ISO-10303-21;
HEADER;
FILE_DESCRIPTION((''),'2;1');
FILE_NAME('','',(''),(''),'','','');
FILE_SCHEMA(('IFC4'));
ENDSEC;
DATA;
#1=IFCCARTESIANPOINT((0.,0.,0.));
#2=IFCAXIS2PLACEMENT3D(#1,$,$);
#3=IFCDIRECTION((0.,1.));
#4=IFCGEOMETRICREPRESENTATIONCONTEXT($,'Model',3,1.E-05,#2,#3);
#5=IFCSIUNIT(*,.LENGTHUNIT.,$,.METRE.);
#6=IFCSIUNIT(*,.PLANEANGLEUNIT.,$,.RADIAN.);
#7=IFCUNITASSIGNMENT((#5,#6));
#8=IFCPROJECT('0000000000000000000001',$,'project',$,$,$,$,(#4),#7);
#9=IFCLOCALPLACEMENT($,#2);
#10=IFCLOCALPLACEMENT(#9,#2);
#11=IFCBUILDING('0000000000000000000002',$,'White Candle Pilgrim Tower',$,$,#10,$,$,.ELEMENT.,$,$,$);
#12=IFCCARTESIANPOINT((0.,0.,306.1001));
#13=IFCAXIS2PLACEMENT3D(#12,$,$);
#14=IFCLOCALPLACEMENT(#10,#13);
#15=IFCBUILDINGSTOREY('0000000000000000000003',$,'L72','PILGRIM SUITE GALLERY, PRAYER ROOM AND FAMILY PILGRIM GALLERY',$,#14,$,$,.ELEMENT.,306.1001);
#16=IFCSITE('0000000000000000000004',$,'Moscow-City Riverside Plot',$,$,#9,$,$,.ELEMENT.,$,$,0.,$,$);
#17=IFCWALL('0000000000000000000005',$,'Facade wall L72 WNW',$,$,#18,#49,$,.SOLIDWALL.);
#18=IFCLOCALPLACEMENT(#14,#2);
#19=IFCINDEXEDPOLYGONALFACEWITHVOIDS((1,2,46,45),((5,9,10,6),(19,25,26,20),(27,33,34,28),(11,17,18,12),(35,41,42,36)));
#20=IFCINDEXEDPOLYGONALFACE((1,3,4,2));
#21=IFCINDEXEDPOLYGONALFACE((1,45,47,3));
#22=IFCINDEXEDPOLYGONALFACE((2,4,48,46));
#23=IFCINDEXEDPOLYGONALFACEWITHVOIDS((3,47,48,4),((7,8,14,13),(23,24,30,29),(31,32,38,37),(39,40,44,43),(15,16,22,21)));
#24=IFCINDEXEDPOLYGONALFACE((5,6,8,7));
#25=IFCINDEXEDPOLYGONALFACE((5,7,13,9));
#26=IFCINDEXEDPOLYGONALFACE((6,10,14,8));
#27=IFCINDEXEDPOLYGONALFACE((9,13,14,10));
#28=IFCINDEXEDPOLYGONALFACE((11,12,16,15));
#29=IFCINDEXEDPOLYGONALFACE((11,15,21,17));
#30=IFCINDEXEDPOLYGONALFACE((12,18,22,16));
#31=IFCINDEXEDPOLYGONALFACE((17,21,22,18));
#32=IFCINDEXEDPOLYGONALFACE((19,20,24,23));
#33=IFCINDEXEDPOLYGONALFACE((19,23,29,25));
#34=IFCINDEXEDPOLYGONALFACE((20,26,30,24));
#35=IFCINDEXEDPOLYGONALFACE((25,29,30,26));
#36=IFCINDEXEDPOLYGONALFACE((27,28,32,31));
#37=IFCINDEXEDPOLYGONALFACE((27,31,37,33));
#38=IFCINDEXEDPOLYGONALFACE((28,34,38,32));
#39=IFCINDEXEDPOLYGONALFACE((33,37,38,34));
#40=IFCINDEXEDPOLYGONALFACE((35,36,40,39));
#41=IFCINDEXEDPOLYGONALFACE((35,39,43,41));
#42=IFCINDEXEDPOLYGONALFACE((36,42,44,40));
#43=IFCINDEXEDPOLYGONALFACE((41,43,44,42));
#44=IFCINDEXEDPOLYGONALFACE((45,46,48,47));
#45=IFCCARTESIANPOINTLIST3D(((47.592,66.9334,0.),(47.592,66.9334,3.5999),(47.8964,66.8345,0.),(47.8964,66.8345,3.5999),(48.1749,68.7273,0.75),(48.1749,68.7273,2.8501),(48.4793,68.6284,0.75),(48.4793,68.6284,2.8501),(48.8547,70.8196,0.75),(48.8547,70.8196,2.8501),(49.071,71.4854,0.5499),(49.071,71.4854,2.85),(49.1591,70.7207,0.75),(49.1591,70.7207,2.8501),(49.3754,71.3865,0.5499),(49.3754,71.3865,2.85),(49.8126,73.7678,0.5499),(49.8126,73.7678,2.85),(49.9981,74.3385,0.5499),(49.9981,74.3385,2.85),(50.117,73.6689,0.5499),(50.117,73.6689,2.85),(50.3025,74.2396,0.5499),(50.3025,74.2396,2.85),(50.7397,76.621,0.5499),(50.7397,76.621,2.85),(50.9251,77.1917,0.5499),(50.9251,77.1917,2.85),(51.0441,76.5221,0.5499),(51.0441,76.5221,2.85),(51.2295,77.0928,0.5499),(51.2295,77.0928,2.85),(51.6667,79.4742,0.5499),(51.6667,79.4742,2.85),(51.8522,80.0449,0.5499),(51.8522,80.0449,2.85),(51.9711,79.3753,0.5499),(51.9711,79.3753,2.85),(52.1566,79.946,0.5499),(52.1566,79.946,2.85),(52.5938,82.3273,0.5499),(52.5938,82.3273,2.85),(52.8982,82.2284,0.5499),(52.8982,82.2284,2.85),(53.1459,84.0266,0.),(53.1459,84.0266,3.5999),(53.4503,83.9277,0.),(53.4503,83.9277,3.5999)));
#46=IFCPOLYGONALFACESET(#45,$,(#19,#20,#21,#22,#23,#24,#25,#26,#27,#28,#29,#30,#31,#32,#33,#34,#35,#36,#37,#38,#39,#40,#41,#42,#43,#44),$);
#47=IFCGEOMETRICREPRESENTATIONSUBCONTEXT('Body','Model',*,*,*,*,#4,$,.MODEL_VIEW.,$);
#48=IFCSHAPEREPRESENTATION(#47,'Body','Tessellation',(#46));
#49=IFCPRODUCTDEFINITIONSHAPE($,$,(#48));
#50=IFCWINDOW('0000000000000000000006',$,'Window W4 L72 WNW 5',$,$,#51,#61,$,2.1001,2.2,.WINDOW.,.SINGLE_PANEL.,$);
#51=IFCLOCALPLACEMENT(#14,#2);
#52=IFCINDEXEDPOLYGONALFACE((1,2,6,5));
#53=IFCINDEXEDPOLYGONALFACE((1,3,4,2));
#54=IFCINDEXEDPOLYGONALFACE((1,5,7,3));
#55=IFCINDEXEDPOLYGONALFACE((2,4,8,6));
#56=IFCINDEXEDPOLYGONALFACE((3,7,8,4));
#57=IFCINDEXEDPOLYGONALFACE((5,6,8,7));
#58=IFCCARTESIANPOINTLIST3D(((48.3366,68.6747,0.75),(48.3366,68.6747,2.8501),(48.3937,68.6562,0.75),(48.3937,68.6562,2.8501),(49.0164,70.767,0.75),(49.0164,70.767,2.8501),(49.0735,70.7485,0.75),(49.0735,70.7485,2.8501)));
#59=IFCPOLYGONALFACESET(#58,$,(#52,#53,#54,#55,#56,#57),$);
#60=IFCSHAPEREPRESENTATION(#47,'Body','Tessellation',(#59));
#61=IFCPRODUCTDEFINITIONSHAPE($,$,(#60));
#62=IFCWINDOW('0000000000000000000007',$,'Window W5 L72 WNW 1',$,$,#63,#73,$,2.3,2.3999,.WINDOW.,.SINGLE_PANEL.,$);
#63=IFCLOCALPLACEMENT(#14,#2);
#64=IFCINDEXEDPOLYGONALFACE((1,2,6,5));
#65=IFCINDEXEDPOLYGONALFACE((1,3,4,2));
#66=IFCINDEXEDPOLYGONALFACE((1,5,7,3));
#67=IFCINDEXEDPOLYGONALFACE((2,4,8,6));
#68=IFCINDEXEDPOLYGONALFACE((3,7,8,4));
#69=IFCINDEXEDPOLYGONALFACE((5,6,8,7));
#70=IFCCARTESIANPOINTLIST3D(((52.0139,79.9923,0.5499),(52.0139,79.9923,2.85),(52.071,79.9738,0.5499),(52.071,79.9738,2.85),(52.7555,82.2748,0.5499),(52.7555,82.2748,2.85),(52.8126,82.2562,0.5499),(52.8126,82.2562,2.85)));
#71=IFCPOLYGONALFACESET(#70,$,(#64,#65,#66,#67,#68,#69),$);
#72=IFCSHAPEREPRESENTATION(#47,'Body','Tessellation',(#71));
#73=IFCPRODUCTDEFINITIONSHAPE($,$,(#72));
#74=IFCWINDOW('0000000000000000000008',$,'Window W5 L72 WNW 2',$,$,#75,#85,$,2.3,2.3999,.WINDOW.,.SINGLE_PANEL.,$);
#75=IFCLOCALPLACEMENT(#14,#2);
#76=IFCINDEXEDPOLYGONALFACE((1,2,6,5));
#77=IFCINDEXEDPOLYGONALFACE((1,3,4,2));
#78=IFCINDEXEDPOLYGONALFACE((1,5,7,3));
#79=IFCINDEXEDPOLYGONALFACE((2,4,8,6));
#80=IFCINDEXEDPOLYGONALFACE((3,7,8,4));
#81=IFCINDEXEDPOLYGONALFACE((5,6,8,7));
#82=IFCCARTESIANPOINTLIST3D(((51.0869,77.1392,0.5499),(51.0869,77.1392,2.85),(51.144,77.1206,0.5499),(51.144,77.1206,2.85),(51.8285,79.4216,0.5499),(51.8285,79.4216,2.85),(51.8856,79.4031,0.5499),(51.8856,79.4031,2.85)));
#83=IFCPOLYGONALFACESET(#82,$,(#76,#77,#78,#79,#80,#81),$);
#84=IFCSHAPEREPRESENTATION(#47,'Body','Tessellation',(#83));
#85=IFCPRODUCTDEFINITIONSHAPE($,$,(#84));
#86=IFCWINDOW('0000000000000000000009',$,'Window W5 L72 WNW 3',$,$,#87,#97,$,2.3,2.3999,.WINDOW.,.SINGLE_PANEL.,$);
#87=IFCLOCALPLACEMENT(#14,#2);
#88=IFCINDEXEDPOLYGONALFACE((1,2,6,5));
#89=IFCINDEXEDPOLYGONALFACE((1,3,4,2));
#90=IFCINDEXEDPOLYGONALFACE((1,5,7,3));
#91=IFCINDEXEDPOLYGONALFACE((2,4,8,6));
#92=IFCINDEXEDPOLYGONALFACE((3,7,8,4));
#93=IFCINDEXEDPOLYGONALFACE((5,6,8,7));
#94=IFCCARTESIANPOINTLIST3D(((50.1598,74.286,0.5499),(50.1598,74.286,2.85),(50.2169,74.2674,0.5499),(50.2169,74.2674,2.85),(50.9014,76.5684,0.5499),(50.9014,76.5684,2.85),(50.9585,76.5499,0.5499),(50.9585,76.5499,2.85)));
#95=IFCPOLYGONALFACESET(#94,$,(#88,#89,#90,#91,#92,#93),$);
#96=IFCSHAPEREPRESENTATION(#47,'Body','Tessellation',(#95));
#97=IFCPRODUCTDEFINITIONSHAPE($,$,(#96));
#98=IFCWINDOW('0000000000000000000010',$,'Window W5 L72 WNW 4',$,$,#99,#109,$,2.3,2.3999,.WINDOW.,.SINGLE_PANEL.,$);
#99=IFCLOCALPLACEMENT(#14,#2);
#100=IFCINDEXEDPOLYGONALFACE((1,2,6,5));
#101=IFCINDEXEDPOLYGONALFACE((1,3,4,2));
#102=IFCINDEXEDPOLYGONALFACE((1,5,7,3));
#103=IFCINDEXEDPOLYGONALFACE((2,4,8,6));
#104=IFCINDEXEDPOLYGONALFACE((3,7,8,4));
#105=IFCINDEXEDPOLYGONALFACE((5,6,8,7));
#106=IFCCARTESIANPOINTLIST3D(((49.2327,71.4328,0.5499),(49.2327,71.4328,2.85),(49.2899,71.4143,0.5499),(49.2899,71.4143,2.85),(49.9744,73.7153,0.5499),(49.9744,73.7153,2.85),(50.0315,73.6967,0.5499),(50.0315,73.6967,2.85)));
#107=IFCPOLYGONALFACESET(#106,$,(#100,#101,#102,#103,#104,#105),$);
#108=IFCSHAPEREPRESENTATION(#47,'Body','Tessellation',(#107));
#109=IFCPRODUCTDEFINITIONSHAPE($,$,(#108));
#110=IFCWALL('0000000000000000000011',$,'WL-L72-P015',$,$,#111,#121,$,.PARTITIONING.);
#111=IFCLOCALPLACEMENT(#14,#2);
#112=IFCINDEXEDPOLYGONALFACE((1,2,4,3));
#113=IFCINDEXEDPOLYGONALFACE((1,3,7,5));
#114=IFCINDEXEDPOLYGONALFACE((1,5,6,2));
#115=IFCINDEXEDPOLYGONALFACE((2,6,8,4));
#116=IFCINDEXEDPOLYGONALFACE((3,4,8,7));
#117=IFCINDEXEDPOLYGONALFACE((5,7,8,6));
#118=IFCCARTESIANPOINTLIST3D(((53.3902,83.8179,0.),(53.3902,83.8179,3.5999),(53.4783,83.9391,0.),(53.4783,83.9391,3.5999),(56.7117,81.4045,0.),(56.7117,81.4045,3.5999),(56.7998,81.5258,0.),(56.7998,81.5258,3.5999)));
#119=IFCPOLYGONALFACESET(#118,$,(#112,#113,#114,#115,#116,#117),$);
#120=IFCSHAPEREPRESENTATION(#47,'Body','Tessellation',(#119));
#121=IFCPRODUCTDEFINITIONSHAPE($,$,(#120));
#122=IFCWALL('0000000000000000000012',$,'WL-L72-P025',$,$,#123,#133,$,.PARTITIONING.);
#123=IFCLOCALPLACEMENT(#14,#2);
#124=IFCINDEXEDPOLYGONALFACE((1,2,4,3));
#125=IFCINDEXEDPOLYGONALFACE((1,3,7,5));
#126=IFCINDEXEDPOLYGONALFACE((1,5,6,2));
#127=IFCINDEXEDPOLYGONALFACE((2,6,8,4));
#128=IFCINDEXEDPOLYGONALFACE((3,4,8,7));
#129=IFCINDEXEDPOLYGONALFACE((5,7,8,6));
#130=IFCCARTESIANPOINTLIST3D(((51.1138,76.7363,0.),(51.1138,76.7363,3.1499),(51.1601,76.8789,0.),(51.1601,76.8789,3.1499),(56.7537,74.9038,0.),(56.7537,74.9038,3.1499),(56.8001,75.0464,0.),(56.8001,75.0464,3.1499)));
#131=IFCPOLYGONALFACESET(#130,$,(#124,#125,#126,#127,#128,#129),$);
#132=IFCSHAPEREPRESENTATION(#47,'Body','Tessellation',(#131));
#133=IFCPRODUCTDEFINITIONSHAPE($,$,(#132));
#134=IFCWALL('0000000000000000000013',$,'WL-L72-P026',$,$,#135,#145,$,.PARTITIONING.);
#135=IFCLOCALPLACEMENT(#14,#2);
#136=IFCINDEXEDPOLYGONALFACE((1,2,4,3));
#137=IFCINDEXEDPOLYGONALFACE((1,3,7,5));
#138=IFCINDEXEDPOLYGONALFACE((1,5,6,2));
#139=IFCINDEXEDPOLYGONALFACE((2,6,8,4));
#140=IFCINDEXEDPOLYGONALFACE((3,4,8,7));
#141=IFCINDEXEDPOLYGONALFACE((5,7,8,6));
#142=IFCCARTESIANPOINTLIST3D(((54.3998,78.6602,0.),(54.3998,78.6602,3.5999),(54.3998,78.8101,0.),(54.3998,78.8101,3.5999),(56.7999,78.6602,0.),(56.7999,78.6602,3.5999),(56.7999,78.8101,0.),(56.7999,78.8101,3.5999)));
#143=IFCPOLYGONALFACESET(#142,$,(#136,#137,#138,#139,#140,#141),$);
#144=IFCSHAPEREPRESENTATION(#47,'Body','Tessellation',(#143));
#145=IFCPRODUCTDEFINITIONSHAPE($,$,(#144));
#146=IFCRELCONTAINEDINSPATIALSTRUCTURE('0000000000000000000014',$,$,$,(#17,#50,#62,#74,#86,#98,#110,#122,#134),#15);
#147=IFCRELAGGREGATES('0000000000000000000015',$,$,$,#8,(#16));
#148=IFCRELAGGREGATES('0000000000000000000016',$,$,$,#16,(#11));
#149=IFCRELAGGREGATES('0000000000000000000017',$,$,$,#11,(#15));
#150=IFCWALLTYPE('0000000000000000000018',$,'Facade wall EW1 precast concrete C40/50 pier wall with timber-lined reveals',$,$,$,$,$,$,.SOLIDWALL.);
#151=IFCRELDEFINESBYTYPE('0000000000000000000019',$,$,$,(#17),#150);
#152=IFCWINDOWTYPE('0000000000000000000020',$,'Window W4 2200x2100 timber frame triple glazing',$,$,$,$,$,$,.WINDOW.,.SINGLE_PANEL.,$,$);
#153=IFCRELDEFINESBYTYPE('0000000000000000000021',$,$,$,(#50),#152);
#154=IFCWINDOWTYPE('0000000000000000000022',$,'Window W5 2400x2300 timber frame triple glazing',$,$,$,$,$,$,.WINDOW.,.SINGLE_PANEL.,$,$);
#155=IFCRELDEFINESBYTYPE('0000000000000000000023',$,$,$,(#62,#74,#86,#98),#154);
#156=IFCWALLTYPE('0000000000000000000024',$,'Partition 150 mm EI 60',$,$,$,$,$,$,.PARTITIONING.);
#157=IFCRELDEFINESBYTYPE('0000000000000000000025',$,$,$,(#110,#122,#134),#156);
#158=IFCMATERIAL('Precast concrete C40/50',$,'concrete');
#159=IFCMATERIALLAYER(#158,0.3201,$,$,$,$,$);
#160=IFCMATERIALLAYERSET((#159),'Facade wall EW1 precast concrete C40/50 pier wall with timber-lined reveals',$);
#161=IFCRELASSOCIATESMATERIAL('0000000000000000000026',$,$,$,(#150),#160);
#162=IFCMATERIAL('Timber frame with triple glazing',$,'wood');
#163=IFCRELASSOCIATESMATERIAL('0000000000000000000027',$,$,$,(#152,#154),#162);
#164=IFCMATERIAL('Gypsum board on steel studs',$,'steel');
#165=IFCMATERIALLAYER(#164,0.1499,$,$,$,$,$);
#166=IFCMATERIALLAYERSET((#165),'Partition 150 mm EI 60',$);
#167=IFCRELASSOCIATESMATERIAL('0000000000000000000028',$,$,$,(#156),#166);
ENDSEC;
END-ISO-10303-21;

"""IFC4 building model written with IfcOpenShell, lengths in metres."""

from ifc_helpers import new_model, si_unit, direction, frame, frame_2d, origin, place, context, subcontext, project, spatial, rectangle, extrude, material, layer, layer_set, type_object, element, fill, save


model = new_model("IFC4")

# Units and contexts
model_context = context("Model", 3, precision=1e-05, world=origin(), true_north=direction((0.0, 1.0)))
body_context = subcontext(model_context, "Body", "Model", "MODEL_VIEW")
ifc_project = project(units=[si_unit("LENGTHUNIT", "METRE"), si_unit("PLANEANGLEUNIT", "RADIAN")], contexts=[model_context])

# Site, building, storey
site_placement = place(None, origin())
site = spatial("IfcSite", under=ifc_project, at=site_placement, Name="Moscow-City Riverside Plot", CompositionType="ELEMENT", RefElevation=0.0)
building_placement = place(site_placement, origin())
building = spatial("IfcBuilding", under=site, at=building_placement, Name="White Candle Pilgrim Tower", CompositionType="ELEMENT")
storey_placement = place(building_placement, frame((0.0, 0.0, 306.1001)))
storey = spatial("IfcBuildingStorey", under=building, at=storey_placement, Name="L72", Description="PILGRIM SUITE GALLERY, PRAYER ROOM AND FAMILY PILGRIM GALLERY", CompositionType="ELEMENT", Elevation=306.1001)

# Shared definitions
ifc_material_1 = material(Name="Precast concrete C40/50", Category="concrete")
ifc_layer_1 = layer(ifc_material_1, 0.3201)
ifc_layer_set_1 = layer_set([ifc_layer_1], Name="Facade wall EW1 precast concrete C40/50 pier wall with timber-lined reveals")
wall_type_1 = type_object("IfcWallType", Name="Facade wall EW1 precast concrete C40/50 pier wall with timber-lined reveals", PredefinedType="SOLIDWALL", material=ifc_layer_set_1)
ifc_material_2 = material(Name="Timber frame with triple glazing", Category="wood")

# Wall, openings, windows
wall_1_placement = place(storey_placement, frame((53.2981, 83.9771, 0.0), z_axis=(0.0, 0.0, 1.0), x_axis=(-0.309018, -0.951056, 0.0)))
wall_1 = element("IfcWall", 1, at=wall_1_placement, inside=storey, type_object=wall_type_1, Name="Facade wall L72 WNW", PredefinedType="SOLIDWALL", context=body_context, shape_type="SweptSolid", body=[
    extrude(rectangle(XDim=17.9729, YDim=0.3201, at=frame_2d((8.9863, 0.0))), origin(), (0.0, 0.0, 1.0), 3.5999),
])
opening_1_placement = place(wall_1_placement, frame((1.7866, 0.0, 0.55)))
opening_1 = element("IfcOpeningElement", 2, at=opening_1_placement, cuts=wall_1, PredefinedType="OPENING", context=body_context, shape_type="SweptSolid", body=[
    extrude(rectangle(XDim=2.3999, YDim=2.3, at=frame_2d((1.2, 1.1499))), frame((0.0, 0.1699, 0.0), z_axis=(0.0, -1.0, 0.0), x_axis=(1.0, 0.0, 0.0)), (0.0, 0.0, 1.0), 0.3401),
])
opening_2_placement = place(wall_1_placement, frame((4.7866, 0.0, 0.55)))
opening_2 = element("IfcOpeningElement", 3, at=opening_2_placement, cuts=wall_1, PredefinedType="OPENING", context=body_context, shape_type="SweptSolid", body=[
    extrude(rectangle(XDim=2.3999, YDim=2.3, at=frame_2d((1.2, 1.1499))), frame((0.0, 0.1699, 0.0), z_axis=(0.0, -1.0, 0.0), x_axis=(1.0, 0.0, 0.0)), (0.0, 0.0, 1.0), 0.3401),
])
opening_3_placement = place(wall_1_placement, frame((7.7866, 0.0, 0.55)))
opening_3 = element("IfcOpeningElement", 4, at=opening_3_placement, cuts=wall_1, PredefinedType="OPENING", context=body_context, shape_type="SweptSolid", body=[
    extrude(rectangle(XDim=2.3999, YDim=2.3, at=frame_2d((1.2, 1.1499))), frame((0.0, 0.1699, 0.0), z_axis=(0.0, -1.0, 0.0), x_axis=(1.0, 0.0, 0.0)), (0.0, 0.0, 1.0), 0.3401),
])
opening_4_placement = place(wall_1_placement, frame((10.7866, 0.0, 0.55)))
opening_4 = element("IfcOpeningElement", 5, at=opening_4_placement, cuts=wall_1, PredefinedType="OPENING", context=body_context, shape_type="SweptSolid", body=[
    extrude(rectangle(XDim=2.3999, YDim=2.3, at=frame_2d((1.2, 1.1499))), frame((0.0, 0.1699, 0.0), z_axis=(0.0, -1.0, 0.0), x_axis=(1.0, 0.0, 0.0)), (0.0, 0.0, 1.0), 0.3401),
])
opening_5_placement = place(wall_1_placement, frame((13.8865, 0.0, 0.75)))
opening_5 = element("IfcOpeningElement", 6, at=opening_5_placement, cuts=wall_1, PredefinedType="OPENING", context=body_context, shape_type="SweptSolid", body=[
    extrude(rectangle(XDim=2.2, YDim=2.1001, at=frame_2d((1.1001, 1.05))), frame((0.0, 0.1699, 0.0), z_axis=(0.0, -1.0, 0.0), x_axis=(1.0, 0.0, 0.0)), (0.0, 0.0, 1.0), 0.3401),
])
window_type_1 = type_object("IfcWindowType", Name="Window W4 2200x2100 timber frame triple glazing", PartitioningType="SINGLE_PANEL", PredefinedType="WINDOW", material=ifc_material_2)
window_1_placement = place(opening_5_placement, origin())
window_1 = element("IfcWindow", 7, at=window_1_placement, inside=storey, type_object=window_type_1, Name="Window W4 L72 WNW 5", OverallHeight=2.1001, OverallWidth=2.2, PartitioningType="SINGLE_PANEL", PredefinedType="WINDOW", context=body_context, shape_type="SweptSolid", body=[
    extrude(rectangle(XDim=2.2, YDim=2.1001, at=frame_2d((1.1001, 1.05))), frame((0.0, 0.0701, 0.0), z_axis=(0.0, -1.0, 0.0), x_axis=(1.0, 0.0, 0.0)), (0.0, 0.0, 1.0), 0.0601),
])
fill(opening_5, window_1)
window_type_2 = type_object("IfcWindowType", Name="Window W5 2400x2300 timber frame triple glazing", PartitioningType="SINGLE_PANEL", PredefinedType="WINDOW", material=ifc_material_2)
window_2_placement = place(opening_1_placement, origin())
window_2 = element("IfcWindow", 8, at=window_2_placement, inside=storey, type_object=window_type_2, Name="Window W5 L72 WNW 1", OverallHeight=2.3, OverallWidth=2.3999, PartitioningType="SINGLE_PANEL", PredefinedType="WINDOW", context=body_context, shape_type="SweptSolid", body=[
    extrude(rectangle(XDim=2.3999, YDim=2.3, at=frame_2d((1.2, 1.1499))), frame((0.0, 0.0701, 0.0), z_axis=(0.0, -1.0, 0.0), x_axis=(1.0, 0.0, 0.0)), (0.0, 0.0, 1.0), 0.0601),
])
fill(opening_1, window_2)
window_3_placement = place(opening_2_placement, origin())
window_3 = element("IfcWindow", 9, at=window_3_placement, inside=storey, type_object=window_type_2, Name="Window W5 L72 WNW 2", OverallHeight=2.3, OverallWidth=2.3999, PartitioningType="SINGLE_PANEL", PredefinedType="WINDOW", context=body_context, shape_type="SweptSolid", body=[
    extrude(rectangle(XDim=2.3999, YDim=2.3, at=frame_2d((1.2, 1.1499))), frame((0.0, 0.0701, 0.0), z_axis=(0.0, -1.0, 0.0), x_axis=(1.0, 0.0, 0.0)), (0.0, 0.0, 1.0), 0.0601),
])
fill(opening_2, window_3)
window_4_placement = place(opening_3_placement, origin())
window_4 = element("IfcWindow", 10, at=window_4_placement, inside=storey, type_object=window_type_2, Name="Window W5 L72 WNW 3", OverallHeight=2.3, OverallWidth=2.3999, PartitioningType="SINGLE_PANEL", PredefinedType="WINDOW", context=body_context, shape_type="SweptSolid", body=[
    extrude(rectangle(XDim=2.3999, YDim=2.3, at=frame_2d((1.2, 1.1499))), frame((0.0, 0.0701, 0.0), z_axis=(0.0, -1.0, 0.0), x_axis=(1.0, 0.0, 0.0)), (0.0, 0.0, 1.0), 0.0601),
])
fill(opening_3, window_4)
window_5_placement = place(opening_4_placement, origin())
window_5 = element("IfcWindow", 11, at=window_5_placement, inside=storey, type_object=window_type_2, Name="Window W5 L72 WNW 4", OverallHeight=2.3, OverallWidth=2.3999, PartitioningType="SINGLE_PANEL", PredefinedType="WINDOW", context=body_context, shape_type="SweptSolid", body=[
    extrude(rectangle(XDim=2.3999, YDim=2.3, at=frame_2d((1.2, 1.1499))), frame((0.0, 0.0701, 0.0), z_axis=(0.0, -1.0, 0.0), x_axis=(1.0, 0.0, 0.0)), (0.0, 0.0, 1.0), 0.0601),
])
fill(opening_4, window_5)

# Walls
ifc_material_3 = material(Name="Gypsum board on steel studs", Category="steel")
ifc_layer_2 = layer(ifc_material_3, 0.1499)
ifc_layer_set_2 = layer_set([ifc_layer_2], Name="Partition 150 mm EI 60")
wall_type_2 = type_object("IfcWallType", Name="Partition 150 mm EI 60", PredefinedType="PARTITIONING", material=ifc_layer_set_2)
wall_2_placement = place(storey_placement, frame((53.4343, 83.8784, 0.0), z_axis=(0.0, 0.0, 1.0), x_axis=(0.809006, -0.5878, 0.0)))
element("IfcWall", 12, at=wall_2_placement, inside=storey, type_object=wall_type_2, Name="WL-L72-P015", PredefinedType="PARTITIONING", context=body_context, shape_type="SweptSolid", body=[
    extrude(rectangle(XDim=4.1057, YDim=0.1499, at=frame_2d((2.0527, 0.0))), origin(), (0.0, 0.0, 1.0), 3.5999),
])
wall_3_placement = place(storey_placement, frame((51.137, 76.8076, 0.0), z_axis=(0.0, 0.0, 1.0), x_axis=(0.951056, -0.309018, 0.0)))
element("IfcWall", 13, at=wall_3_placement, inside=storey, type_object=wall_type_2, Name="WL-L72-P025", PredefinedType="PARTITIONING", context=body_context, shape_type="SweptSolid", body=[
    extrude(rectangle(XDim=5.9302, YDim=0.1499, at=frame_2d((2.9651, 0.0))), origin(), (0.0, 0.0, 1.0), 3.1499),
])
wall_4_placement = place(storey_placement, frame((56.8, 78.7351, 0.0), z_axis=(0.0, 0.0, 1.0), x_axis=(-1.0, 0.0, 0.0)))
element("IfcWall", 14, at=wall_4_placement, inside=storey, type_object=wall_type_2, Name="WL-L72-P026", PredefinedType="PARTITIONING", context=body_context, shape_type="SweptSolid", body=[
    extrude(rectangle(XDim=2.4001, YDim=0.1499, at=frame_2d((1.2002, 0.0))), origin(), (0.0, 0.0, 1.0), 3.5999),
])

save(model, "model.ifc")
